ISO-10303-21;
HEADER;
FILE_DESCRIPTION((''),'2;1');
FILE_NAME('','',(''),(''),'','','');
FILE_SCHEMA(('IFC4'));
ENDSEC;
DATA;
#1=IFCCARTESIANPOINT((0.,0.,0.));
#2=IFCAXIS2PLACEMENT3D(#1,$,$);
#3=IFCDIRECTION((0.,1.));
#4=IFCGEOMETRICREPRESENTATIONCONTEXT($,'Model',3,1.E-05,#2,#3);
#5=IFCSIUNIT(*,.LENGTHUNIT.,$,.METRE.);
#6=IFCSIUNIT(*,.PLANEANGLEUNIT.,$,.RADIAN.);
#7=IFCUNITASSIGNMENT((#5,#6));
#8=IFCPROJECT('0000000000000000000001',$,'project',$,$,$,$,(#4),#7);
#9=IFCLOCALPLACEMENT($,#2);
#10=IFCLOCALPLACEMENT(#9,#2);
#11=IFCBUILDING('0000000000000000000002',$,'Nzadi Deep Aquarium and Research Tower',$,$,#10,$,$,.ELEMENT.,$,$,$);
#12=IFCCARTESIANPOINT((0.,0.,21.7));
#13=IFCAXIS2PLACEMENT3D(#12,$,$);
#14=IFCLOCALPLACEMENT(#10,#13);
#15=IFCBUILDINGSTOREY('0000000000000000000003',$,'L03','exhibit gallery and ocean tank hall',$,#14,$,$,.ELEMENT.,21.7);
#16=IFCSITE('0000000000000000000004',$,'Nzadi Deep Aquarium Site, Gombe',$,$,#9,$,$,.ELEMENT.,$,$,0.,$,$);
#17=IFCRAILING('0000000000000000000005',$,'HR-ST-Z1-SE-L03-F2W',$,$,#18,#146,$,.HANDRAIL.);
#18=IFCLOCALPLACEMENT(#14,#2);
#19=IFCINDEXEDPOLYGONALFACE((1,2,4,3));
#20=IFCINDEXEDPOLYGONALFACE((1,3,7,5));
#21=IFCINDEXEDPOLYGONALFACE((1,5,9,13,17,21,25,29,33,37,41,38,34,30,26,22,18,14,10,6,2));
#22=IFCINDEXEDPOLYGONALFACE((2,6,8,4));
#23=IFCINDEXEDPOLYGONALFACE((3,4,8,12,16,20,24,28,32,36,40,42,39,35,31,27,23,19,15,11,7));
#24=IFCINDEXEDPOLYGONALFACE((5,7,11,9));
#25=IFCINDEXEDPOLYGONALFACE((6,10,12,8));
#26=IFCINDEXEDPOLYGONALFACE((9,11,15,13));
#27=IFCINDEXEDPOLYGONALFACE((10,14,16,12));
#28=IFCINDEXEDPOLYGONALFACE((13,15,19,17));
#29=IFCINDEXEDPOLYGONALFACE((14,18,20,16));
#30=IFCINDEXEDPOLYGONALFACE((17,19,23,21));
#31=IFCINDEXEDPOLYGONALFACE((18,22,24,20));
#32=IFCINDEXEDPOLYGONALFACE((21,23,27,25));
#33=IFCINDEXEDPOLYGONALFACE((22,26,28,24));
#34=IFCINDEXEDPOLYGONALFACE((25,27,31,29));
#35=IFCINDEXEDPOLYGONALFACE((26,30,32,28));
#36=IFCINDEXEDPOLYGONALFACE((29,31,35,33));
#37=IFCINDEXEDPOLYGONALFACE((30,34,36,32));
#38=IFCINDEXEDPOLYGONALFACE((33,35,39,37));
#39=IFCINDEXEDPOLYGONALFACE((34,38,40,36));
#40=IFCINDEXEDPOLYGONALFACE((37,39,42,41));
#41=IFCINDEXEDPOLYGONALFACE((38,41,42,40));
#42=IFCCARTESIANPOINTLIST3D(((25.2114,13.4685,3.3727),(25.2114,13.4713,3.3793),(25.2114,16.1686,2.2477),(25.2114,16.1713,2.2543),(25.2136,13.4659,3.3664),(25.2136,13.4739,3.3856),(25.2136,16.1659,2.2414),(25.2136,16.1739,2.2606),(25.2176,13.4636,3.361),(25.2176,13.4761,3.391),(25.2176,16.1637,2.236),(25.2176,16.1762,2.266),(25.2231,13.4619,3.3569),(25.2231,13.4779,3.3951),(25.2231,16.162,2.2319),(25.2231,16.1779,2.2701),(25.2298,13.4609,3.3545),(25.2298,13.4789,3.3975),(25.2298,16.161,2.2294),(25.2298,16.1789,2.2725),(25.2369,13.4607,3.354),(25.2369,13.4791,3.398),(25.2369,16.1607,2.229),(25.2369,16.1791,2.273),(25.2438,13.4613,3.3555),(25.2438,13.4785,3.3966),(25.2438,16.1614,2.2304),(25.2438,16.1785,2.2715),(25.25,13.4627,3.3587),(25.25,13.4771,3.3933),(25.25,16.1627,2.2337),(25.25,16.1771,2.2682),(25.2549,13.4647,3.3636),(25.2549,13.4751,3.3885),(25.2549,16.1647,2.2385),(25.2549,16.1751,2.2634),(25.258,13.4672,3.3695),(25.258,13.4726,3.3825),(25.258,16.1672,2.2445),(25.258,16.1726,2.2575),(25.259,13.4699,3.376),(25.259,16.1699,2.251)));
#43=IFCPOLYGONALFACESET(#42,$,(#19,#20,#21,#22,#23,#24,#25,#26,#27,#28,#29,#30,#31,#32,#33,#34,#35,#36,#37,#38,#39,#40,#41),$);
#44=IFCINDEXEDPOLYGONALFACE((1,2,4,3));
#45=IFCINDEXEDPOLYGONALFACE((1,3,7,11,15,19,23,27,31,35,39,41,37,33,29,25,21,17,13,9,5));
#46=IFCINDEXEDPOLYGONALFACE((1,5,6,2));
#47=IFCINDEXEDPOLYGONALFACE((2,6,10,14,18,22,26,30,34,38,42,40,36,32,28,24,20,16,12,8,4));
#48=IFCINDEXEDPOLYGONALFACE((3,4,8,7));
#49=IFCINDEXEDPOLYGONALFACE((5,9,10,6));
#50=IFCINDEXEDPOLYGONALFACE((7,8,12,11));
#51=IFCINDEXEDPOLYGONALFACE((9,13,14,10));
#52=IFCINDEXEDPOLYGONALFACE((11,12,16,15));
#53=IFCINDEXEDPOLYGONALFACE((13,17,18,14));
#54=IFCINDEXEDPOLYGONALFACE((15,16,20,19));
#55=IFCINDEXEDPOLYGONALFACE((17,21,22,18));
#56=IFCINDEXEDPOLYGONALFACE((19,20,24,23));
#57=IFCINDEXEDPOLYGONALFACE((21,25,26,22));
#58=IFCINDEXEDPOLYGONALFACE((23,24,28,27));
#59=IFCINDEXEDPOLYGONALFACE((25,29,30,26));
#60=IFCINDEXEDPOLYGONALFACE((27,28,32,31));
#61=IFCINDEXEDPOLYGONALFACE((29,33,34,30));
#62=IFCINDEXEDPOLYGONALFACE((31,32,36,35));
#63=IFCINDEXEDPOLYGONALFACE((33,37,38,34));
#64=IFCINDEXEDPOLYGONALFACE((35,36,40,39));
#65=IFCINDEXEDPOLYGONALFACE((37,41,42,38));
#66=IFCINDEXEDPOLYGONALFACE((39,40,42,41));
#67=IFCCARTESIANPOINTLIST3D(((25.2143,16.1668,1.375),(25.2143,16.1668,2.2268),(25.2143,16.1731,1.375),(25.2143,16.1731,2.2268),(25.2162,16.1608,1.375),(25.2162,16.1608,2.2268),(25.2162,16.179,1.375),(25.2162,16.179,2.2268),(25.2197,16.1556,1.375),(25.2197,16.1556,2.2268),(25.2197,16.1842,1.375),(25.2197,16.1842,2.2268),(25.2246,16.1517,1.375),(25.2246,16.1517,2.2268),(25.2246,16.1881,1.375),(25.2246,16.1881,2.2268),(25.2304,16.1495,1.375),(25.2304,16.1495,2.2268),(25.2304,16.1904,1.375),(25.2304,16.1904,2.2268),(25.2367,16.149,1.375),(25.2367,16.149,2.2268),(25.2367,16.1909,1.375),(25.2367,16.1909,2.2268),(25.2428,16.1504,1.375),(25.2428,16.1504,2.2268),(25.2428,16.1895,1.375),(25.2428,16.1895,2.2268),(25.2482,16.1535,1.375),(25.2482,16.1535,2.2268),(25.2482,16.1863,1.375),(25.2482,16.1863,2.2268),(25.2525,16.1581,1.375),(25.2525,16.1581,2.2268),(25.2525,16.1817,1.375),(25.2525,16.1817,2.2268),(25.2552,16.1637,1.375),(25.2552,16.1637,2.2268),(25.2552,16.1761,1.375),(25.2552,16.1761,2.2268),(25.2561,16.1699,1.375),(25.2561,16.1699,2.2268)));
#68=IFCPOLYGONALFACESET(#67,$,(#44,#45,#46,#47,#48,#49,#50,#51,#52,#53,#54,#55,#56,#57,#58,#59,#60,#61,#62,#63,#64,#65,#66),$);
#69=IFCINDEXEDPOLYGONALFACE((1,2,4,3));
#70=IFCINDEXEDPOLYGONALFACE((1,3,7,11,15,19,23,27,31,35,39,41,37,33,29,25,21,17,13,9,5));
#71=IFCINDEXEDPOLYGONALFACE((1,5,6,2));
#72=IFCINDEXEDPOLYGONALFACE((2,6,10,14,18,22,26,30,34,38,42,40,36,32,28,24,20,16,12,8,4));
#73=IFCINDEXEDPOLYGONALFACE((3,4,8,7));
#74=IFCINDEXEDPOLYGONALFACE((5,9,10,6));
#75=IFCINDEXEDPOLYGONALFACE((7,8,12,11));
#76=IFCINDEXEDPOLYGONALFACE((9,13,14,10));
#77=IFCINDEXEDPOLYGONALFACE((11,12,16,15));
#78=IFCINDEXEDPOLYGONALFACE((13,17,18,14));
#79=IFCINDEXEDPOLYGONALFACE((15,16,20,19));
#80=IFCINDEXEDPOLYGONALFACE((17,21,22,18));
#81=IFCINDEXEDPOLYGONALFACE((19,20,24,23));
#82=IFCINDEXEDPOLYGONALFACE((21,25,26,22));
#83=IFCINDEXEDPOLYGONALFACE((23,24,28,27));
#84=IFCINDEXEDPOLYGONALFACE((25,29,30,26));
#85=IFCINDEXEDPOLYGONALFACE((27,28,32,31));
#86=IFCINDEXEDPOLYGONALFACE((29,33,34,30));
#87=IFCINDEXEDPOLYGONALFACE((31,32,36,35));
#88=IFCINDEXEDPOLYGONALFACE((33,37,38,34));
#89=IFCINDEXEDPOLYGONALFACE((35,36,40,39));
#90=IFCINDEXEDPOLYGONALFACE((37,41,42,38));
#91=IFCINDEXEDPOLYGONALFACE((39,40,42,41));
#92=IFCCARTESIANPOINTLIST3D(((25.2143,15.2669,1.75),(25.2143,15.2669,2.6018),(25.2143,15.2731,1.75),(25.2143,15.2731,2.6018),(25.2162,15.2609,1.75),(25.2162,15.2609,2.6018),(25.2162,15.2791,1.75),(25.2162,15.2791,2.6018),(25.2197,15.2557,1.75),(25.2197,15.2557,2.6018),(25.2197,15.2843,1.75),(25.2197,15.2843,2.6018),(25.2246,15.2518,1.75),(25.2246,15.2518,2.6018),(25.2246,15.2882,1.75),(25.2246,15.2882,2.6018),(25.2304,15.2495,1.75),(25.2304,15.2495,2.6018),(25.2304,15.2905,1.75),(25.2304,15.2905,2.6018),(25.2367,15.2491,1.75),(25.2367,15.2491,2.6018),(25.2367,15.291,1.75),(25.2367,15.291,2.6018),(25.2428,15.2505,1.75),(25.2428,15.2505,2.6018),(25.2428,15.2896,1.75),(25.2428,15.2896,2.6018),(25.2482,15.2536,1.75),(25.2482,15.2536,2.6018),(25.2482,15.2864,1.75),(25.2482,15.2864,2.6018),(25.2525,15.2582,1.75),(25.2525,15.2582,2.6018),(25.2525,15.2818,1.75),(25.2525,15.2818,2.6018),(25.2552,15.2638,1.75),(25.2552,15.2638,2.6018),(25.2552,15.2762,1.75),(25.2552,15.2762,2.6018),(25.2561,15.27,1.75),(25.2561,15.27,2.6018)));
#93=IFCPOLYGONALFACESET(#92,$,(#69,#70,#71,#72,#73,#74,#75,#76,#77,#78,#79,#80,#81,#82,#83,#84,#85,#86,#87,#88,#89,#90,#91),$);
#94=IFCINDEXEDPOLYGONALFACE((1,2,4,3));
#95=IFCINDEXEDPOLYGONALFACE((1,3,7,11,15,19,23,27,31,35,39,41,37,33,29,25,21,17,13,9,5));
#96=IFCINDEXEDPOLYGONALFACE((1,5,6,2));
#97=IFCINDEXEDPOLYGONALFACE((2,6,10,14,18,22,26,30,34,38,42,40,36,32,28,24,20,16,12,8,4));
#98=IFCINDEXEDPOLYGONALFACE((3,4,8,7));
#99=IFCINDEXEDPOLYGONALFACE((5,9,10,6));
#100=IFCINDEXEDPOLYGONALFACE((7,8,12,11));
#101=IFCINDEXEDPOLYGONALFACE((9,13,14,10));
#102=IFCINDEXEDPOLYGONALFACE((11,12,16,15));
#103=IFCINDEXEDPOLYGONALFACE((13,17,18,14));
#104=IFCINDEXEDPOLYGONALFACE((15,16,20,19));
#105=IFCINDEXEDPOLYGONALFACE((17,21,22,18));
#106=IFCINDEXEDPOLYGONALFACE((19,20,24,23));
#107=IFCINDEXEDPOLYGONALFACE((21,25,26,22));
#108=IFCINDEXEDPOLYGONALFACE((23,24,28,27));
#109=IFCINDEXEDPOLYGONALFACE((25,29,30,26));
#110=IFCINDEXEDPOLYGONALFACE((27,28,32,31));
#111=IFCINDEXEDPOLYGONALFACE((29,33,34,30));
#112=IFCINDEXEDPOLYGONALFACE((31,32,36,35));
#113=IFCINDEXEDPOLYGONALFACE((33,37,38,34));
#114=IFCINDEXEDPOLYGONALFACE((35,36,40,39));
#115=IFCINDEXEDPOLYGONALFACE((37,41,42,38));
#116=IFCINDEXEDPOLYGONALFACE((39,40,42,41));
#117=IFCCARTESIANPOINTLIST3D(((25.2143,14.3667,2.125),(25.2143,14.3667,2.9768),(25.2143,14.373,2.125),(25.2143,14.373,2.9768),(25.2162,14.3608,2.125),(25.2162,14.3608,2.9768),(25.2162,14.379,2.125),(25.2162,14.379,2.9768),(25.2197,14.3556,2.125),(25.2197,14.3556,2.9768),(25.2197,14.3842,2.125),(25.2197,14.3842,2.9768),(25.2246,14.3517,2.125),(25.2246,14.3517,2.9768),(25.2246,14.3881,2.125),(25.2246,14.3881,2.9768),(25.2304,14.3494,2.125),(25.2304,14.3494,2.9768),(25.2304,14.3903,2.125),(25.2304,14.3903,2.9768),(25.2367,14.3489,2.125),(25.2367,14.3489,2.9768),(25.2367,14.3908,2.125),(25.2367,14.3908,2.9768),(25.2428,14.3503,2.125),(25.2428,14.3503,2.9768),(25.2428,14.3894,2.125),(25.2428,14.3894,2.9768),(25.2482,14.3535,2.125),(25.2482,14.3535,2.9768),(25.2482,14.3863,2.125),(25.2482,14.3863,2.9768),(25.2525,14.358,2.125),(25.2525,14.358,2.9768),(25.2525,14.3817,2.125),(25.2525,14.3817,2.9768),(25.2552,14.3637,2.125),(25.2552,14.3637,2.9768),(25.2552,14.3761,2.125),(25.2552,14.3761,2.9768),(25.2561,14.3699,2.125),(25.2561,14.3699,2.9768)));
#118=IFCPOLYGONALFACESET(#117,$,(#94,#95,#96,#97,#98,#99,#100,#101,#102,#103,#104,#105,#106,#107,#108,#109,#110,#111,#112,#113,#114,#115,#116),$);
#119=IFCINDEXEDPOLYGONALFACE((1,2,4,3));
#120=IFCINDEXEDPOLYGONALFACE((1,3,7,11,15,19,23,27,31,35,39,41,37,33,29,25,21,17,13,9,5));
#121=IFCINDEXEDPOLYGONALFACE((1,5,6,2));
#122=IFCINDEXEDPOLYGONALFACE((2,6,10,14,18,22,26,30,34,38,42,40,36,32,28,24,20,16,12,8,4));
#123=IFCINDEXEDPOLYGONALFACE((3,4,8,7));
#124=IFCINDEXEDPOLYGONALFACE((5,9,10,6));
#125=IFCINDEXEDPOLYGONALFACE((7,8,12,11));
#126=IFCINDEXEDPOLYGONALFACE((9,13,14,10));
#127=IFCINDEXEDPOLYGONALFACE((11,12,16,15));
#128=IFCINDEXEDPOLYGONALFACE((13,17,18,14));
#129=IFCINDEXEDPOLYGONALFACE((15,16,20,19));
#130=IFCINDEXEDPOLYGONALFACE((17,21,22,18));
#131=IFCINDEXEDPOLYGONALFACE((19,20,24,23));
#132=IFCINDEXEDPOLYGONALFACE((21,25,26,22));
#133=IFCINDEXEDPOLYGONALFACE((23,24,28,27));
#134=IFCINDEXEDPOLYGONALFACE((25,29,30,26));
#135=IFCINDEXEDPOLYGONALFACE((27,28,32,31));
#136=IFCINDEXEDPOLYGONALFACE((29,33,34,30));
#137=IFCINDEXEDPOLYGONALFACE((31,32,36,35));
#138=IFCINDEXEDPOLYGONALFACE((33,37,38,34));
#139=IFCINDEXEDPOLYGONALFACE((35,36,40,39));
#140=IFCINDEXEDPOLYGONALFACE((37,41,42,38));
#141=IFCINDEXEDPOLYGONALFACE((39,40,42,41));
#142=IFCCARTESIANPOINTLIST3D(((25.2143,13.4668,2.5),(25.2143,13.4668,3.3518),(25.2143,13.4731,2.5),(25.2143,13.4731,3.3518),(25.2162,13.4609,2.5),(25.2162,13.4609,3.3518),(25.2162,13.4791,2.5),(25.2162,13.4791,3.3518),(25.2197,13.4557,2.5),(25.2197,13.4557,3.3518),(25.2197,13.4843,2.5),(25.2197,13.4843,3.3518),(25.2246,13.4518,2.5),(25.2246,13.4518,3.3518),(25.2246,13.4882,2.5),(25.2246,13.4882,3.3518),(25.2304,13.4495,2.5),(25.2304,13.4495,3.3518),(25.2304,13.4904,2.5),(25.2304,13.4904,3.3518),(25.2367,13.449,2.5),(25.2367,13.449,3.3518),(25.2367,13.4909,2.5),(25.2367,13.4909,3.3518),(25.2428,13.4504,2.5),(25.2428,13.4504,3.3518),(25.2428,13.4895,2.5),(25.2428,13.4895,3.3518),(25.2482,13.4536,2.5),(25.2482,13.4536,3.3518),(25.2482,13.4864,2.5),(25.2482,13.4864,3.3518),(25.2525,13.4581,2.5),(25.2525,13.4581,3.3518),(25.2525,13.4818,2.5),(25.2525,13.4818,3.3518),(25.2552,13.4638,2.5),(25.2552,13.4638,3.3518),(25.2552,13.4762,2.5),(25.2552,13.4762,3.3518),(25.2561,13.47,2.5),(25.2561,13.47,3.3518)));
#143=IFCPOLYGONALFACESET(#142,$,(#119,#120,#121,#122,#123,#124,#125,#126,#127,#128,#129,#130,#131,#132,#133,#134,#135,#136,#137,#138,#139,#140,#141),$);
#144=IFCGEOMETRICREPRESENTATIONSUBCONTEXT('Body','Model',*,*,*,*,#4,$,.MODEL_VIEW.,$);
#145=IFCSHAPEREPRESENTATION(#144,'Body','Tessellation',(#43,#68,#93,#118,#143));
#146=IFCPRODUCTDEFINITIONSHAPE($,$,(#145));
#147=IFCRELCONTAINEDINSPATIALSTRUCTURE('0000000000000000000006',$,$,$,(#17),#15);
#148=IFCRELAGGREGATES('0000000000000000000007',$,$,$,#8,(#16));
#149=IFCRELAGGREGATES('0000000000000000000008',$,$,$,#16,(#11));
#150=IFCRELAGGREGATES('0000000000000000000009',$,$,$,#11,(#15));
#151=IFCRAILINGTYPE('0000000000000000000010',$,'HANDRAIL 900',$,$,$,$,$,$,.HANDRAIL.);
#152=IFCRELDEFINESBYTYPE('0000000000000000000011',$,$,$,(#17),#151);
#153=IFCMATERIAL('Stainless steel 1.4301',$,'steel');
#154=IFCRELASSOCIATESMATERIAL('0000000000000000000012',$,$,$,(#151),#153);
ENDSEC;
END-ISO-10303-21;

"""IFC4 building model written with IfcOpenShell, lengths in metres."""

from ifc_helpers import new_model, si_unit, direction, frame, origin, origin_2d, place, context, subcontext, project, spatial, circle, extrude, material, type_object, element, save


model = new_model("IFC4")

# Units and contexts
model_context = context("Model", 3, precision=1e-05, world=origin(), true_north=direction((0.0, 1.0)))
body_context = subcontext(model_context, "Body", "Model", "MODEL_VIEW")
ifc_project = project(units=[si_unit("LENGTHUNIT", "METRE"), si_unit("PLANEANGLEUNIT", "RADIAN")], contexts=[model_context])

# Site, building, storey
site_placement = place(None, origin())
site = spatial("IfcSite", under=ifc_project, at=site_placement, Name="Nzadi Deep Aquarium Site, Gombe", CompositionType="ELEMENT", RefElevation=0.0)
building_placement = place(site_placement, origin())
building = spatial("IfcBuilding", under=site, at=building_placement, Name="Nzadi Deep Aquarium and Research Tower", CompositionType="ELEMENT")
storey_placement = place(building_placement, frame((0.0, 0.0, 21.7)))
storey = spatial("IfcBuildingStorey", under=building, at=storey_placement, Name="L03", Description="exhibit gallery and ocean tank hall", CompositionType="ELEMENT", Elevation=21.7)

# Railing
ifc_material_1 = material(Name="Stainless steel 1.4301", Category="steel")
railing_type = type_object("IfcRailingType", Name="HANDRAIL 900", PredefinedType="HANDRAIL", material=ifc_material_1)
for number, where, name in (
    (1, (25.2351, 16.1699, 1.375), "HR-ST-Z1-SE-L03-F2W"),
):
    element("IfcRailing", number, at=place(storey_placement, frame(where)), inside=storey, type_object=railing_type, Name=name, PredefinedType="HANDRAIL", context=body_context, shape_type="SweptSolid", body=[
        extrude(circle(Radius=0.0239, at=origin_2d()), frame((0.0, 0.0, 0.876), z_axis=(0.0, -0.923074, 0.384621), x_axis=(1.0, 0.0, 0.0)), (0.0, 0.0, 1.0), 2.925),
        extrude(circle(Radius=0.021, at=origin_2d()), origin(), (0.0, 0.0, 1.0), 0.8518),
        extrude(circle(Radius=0.021, at=origin_2d()), frame((0.0, -0.8999, 0.375)), (0.0, 0.0, 1.0), 0.8518),
        extrude(circle(Radius=0.021, at=origin_2d()), frame((0.0, -1.8, 0.75)), (0.0, 0.0, 1.0), 0.8518),
        extrude(circle(Radius=0.021, at=origin_2d()), frame((0.0, -2.7, 1.125)), (0.0, 0.0, 1.0), 0.8518),
    ])

save(model, "model.ifc")
